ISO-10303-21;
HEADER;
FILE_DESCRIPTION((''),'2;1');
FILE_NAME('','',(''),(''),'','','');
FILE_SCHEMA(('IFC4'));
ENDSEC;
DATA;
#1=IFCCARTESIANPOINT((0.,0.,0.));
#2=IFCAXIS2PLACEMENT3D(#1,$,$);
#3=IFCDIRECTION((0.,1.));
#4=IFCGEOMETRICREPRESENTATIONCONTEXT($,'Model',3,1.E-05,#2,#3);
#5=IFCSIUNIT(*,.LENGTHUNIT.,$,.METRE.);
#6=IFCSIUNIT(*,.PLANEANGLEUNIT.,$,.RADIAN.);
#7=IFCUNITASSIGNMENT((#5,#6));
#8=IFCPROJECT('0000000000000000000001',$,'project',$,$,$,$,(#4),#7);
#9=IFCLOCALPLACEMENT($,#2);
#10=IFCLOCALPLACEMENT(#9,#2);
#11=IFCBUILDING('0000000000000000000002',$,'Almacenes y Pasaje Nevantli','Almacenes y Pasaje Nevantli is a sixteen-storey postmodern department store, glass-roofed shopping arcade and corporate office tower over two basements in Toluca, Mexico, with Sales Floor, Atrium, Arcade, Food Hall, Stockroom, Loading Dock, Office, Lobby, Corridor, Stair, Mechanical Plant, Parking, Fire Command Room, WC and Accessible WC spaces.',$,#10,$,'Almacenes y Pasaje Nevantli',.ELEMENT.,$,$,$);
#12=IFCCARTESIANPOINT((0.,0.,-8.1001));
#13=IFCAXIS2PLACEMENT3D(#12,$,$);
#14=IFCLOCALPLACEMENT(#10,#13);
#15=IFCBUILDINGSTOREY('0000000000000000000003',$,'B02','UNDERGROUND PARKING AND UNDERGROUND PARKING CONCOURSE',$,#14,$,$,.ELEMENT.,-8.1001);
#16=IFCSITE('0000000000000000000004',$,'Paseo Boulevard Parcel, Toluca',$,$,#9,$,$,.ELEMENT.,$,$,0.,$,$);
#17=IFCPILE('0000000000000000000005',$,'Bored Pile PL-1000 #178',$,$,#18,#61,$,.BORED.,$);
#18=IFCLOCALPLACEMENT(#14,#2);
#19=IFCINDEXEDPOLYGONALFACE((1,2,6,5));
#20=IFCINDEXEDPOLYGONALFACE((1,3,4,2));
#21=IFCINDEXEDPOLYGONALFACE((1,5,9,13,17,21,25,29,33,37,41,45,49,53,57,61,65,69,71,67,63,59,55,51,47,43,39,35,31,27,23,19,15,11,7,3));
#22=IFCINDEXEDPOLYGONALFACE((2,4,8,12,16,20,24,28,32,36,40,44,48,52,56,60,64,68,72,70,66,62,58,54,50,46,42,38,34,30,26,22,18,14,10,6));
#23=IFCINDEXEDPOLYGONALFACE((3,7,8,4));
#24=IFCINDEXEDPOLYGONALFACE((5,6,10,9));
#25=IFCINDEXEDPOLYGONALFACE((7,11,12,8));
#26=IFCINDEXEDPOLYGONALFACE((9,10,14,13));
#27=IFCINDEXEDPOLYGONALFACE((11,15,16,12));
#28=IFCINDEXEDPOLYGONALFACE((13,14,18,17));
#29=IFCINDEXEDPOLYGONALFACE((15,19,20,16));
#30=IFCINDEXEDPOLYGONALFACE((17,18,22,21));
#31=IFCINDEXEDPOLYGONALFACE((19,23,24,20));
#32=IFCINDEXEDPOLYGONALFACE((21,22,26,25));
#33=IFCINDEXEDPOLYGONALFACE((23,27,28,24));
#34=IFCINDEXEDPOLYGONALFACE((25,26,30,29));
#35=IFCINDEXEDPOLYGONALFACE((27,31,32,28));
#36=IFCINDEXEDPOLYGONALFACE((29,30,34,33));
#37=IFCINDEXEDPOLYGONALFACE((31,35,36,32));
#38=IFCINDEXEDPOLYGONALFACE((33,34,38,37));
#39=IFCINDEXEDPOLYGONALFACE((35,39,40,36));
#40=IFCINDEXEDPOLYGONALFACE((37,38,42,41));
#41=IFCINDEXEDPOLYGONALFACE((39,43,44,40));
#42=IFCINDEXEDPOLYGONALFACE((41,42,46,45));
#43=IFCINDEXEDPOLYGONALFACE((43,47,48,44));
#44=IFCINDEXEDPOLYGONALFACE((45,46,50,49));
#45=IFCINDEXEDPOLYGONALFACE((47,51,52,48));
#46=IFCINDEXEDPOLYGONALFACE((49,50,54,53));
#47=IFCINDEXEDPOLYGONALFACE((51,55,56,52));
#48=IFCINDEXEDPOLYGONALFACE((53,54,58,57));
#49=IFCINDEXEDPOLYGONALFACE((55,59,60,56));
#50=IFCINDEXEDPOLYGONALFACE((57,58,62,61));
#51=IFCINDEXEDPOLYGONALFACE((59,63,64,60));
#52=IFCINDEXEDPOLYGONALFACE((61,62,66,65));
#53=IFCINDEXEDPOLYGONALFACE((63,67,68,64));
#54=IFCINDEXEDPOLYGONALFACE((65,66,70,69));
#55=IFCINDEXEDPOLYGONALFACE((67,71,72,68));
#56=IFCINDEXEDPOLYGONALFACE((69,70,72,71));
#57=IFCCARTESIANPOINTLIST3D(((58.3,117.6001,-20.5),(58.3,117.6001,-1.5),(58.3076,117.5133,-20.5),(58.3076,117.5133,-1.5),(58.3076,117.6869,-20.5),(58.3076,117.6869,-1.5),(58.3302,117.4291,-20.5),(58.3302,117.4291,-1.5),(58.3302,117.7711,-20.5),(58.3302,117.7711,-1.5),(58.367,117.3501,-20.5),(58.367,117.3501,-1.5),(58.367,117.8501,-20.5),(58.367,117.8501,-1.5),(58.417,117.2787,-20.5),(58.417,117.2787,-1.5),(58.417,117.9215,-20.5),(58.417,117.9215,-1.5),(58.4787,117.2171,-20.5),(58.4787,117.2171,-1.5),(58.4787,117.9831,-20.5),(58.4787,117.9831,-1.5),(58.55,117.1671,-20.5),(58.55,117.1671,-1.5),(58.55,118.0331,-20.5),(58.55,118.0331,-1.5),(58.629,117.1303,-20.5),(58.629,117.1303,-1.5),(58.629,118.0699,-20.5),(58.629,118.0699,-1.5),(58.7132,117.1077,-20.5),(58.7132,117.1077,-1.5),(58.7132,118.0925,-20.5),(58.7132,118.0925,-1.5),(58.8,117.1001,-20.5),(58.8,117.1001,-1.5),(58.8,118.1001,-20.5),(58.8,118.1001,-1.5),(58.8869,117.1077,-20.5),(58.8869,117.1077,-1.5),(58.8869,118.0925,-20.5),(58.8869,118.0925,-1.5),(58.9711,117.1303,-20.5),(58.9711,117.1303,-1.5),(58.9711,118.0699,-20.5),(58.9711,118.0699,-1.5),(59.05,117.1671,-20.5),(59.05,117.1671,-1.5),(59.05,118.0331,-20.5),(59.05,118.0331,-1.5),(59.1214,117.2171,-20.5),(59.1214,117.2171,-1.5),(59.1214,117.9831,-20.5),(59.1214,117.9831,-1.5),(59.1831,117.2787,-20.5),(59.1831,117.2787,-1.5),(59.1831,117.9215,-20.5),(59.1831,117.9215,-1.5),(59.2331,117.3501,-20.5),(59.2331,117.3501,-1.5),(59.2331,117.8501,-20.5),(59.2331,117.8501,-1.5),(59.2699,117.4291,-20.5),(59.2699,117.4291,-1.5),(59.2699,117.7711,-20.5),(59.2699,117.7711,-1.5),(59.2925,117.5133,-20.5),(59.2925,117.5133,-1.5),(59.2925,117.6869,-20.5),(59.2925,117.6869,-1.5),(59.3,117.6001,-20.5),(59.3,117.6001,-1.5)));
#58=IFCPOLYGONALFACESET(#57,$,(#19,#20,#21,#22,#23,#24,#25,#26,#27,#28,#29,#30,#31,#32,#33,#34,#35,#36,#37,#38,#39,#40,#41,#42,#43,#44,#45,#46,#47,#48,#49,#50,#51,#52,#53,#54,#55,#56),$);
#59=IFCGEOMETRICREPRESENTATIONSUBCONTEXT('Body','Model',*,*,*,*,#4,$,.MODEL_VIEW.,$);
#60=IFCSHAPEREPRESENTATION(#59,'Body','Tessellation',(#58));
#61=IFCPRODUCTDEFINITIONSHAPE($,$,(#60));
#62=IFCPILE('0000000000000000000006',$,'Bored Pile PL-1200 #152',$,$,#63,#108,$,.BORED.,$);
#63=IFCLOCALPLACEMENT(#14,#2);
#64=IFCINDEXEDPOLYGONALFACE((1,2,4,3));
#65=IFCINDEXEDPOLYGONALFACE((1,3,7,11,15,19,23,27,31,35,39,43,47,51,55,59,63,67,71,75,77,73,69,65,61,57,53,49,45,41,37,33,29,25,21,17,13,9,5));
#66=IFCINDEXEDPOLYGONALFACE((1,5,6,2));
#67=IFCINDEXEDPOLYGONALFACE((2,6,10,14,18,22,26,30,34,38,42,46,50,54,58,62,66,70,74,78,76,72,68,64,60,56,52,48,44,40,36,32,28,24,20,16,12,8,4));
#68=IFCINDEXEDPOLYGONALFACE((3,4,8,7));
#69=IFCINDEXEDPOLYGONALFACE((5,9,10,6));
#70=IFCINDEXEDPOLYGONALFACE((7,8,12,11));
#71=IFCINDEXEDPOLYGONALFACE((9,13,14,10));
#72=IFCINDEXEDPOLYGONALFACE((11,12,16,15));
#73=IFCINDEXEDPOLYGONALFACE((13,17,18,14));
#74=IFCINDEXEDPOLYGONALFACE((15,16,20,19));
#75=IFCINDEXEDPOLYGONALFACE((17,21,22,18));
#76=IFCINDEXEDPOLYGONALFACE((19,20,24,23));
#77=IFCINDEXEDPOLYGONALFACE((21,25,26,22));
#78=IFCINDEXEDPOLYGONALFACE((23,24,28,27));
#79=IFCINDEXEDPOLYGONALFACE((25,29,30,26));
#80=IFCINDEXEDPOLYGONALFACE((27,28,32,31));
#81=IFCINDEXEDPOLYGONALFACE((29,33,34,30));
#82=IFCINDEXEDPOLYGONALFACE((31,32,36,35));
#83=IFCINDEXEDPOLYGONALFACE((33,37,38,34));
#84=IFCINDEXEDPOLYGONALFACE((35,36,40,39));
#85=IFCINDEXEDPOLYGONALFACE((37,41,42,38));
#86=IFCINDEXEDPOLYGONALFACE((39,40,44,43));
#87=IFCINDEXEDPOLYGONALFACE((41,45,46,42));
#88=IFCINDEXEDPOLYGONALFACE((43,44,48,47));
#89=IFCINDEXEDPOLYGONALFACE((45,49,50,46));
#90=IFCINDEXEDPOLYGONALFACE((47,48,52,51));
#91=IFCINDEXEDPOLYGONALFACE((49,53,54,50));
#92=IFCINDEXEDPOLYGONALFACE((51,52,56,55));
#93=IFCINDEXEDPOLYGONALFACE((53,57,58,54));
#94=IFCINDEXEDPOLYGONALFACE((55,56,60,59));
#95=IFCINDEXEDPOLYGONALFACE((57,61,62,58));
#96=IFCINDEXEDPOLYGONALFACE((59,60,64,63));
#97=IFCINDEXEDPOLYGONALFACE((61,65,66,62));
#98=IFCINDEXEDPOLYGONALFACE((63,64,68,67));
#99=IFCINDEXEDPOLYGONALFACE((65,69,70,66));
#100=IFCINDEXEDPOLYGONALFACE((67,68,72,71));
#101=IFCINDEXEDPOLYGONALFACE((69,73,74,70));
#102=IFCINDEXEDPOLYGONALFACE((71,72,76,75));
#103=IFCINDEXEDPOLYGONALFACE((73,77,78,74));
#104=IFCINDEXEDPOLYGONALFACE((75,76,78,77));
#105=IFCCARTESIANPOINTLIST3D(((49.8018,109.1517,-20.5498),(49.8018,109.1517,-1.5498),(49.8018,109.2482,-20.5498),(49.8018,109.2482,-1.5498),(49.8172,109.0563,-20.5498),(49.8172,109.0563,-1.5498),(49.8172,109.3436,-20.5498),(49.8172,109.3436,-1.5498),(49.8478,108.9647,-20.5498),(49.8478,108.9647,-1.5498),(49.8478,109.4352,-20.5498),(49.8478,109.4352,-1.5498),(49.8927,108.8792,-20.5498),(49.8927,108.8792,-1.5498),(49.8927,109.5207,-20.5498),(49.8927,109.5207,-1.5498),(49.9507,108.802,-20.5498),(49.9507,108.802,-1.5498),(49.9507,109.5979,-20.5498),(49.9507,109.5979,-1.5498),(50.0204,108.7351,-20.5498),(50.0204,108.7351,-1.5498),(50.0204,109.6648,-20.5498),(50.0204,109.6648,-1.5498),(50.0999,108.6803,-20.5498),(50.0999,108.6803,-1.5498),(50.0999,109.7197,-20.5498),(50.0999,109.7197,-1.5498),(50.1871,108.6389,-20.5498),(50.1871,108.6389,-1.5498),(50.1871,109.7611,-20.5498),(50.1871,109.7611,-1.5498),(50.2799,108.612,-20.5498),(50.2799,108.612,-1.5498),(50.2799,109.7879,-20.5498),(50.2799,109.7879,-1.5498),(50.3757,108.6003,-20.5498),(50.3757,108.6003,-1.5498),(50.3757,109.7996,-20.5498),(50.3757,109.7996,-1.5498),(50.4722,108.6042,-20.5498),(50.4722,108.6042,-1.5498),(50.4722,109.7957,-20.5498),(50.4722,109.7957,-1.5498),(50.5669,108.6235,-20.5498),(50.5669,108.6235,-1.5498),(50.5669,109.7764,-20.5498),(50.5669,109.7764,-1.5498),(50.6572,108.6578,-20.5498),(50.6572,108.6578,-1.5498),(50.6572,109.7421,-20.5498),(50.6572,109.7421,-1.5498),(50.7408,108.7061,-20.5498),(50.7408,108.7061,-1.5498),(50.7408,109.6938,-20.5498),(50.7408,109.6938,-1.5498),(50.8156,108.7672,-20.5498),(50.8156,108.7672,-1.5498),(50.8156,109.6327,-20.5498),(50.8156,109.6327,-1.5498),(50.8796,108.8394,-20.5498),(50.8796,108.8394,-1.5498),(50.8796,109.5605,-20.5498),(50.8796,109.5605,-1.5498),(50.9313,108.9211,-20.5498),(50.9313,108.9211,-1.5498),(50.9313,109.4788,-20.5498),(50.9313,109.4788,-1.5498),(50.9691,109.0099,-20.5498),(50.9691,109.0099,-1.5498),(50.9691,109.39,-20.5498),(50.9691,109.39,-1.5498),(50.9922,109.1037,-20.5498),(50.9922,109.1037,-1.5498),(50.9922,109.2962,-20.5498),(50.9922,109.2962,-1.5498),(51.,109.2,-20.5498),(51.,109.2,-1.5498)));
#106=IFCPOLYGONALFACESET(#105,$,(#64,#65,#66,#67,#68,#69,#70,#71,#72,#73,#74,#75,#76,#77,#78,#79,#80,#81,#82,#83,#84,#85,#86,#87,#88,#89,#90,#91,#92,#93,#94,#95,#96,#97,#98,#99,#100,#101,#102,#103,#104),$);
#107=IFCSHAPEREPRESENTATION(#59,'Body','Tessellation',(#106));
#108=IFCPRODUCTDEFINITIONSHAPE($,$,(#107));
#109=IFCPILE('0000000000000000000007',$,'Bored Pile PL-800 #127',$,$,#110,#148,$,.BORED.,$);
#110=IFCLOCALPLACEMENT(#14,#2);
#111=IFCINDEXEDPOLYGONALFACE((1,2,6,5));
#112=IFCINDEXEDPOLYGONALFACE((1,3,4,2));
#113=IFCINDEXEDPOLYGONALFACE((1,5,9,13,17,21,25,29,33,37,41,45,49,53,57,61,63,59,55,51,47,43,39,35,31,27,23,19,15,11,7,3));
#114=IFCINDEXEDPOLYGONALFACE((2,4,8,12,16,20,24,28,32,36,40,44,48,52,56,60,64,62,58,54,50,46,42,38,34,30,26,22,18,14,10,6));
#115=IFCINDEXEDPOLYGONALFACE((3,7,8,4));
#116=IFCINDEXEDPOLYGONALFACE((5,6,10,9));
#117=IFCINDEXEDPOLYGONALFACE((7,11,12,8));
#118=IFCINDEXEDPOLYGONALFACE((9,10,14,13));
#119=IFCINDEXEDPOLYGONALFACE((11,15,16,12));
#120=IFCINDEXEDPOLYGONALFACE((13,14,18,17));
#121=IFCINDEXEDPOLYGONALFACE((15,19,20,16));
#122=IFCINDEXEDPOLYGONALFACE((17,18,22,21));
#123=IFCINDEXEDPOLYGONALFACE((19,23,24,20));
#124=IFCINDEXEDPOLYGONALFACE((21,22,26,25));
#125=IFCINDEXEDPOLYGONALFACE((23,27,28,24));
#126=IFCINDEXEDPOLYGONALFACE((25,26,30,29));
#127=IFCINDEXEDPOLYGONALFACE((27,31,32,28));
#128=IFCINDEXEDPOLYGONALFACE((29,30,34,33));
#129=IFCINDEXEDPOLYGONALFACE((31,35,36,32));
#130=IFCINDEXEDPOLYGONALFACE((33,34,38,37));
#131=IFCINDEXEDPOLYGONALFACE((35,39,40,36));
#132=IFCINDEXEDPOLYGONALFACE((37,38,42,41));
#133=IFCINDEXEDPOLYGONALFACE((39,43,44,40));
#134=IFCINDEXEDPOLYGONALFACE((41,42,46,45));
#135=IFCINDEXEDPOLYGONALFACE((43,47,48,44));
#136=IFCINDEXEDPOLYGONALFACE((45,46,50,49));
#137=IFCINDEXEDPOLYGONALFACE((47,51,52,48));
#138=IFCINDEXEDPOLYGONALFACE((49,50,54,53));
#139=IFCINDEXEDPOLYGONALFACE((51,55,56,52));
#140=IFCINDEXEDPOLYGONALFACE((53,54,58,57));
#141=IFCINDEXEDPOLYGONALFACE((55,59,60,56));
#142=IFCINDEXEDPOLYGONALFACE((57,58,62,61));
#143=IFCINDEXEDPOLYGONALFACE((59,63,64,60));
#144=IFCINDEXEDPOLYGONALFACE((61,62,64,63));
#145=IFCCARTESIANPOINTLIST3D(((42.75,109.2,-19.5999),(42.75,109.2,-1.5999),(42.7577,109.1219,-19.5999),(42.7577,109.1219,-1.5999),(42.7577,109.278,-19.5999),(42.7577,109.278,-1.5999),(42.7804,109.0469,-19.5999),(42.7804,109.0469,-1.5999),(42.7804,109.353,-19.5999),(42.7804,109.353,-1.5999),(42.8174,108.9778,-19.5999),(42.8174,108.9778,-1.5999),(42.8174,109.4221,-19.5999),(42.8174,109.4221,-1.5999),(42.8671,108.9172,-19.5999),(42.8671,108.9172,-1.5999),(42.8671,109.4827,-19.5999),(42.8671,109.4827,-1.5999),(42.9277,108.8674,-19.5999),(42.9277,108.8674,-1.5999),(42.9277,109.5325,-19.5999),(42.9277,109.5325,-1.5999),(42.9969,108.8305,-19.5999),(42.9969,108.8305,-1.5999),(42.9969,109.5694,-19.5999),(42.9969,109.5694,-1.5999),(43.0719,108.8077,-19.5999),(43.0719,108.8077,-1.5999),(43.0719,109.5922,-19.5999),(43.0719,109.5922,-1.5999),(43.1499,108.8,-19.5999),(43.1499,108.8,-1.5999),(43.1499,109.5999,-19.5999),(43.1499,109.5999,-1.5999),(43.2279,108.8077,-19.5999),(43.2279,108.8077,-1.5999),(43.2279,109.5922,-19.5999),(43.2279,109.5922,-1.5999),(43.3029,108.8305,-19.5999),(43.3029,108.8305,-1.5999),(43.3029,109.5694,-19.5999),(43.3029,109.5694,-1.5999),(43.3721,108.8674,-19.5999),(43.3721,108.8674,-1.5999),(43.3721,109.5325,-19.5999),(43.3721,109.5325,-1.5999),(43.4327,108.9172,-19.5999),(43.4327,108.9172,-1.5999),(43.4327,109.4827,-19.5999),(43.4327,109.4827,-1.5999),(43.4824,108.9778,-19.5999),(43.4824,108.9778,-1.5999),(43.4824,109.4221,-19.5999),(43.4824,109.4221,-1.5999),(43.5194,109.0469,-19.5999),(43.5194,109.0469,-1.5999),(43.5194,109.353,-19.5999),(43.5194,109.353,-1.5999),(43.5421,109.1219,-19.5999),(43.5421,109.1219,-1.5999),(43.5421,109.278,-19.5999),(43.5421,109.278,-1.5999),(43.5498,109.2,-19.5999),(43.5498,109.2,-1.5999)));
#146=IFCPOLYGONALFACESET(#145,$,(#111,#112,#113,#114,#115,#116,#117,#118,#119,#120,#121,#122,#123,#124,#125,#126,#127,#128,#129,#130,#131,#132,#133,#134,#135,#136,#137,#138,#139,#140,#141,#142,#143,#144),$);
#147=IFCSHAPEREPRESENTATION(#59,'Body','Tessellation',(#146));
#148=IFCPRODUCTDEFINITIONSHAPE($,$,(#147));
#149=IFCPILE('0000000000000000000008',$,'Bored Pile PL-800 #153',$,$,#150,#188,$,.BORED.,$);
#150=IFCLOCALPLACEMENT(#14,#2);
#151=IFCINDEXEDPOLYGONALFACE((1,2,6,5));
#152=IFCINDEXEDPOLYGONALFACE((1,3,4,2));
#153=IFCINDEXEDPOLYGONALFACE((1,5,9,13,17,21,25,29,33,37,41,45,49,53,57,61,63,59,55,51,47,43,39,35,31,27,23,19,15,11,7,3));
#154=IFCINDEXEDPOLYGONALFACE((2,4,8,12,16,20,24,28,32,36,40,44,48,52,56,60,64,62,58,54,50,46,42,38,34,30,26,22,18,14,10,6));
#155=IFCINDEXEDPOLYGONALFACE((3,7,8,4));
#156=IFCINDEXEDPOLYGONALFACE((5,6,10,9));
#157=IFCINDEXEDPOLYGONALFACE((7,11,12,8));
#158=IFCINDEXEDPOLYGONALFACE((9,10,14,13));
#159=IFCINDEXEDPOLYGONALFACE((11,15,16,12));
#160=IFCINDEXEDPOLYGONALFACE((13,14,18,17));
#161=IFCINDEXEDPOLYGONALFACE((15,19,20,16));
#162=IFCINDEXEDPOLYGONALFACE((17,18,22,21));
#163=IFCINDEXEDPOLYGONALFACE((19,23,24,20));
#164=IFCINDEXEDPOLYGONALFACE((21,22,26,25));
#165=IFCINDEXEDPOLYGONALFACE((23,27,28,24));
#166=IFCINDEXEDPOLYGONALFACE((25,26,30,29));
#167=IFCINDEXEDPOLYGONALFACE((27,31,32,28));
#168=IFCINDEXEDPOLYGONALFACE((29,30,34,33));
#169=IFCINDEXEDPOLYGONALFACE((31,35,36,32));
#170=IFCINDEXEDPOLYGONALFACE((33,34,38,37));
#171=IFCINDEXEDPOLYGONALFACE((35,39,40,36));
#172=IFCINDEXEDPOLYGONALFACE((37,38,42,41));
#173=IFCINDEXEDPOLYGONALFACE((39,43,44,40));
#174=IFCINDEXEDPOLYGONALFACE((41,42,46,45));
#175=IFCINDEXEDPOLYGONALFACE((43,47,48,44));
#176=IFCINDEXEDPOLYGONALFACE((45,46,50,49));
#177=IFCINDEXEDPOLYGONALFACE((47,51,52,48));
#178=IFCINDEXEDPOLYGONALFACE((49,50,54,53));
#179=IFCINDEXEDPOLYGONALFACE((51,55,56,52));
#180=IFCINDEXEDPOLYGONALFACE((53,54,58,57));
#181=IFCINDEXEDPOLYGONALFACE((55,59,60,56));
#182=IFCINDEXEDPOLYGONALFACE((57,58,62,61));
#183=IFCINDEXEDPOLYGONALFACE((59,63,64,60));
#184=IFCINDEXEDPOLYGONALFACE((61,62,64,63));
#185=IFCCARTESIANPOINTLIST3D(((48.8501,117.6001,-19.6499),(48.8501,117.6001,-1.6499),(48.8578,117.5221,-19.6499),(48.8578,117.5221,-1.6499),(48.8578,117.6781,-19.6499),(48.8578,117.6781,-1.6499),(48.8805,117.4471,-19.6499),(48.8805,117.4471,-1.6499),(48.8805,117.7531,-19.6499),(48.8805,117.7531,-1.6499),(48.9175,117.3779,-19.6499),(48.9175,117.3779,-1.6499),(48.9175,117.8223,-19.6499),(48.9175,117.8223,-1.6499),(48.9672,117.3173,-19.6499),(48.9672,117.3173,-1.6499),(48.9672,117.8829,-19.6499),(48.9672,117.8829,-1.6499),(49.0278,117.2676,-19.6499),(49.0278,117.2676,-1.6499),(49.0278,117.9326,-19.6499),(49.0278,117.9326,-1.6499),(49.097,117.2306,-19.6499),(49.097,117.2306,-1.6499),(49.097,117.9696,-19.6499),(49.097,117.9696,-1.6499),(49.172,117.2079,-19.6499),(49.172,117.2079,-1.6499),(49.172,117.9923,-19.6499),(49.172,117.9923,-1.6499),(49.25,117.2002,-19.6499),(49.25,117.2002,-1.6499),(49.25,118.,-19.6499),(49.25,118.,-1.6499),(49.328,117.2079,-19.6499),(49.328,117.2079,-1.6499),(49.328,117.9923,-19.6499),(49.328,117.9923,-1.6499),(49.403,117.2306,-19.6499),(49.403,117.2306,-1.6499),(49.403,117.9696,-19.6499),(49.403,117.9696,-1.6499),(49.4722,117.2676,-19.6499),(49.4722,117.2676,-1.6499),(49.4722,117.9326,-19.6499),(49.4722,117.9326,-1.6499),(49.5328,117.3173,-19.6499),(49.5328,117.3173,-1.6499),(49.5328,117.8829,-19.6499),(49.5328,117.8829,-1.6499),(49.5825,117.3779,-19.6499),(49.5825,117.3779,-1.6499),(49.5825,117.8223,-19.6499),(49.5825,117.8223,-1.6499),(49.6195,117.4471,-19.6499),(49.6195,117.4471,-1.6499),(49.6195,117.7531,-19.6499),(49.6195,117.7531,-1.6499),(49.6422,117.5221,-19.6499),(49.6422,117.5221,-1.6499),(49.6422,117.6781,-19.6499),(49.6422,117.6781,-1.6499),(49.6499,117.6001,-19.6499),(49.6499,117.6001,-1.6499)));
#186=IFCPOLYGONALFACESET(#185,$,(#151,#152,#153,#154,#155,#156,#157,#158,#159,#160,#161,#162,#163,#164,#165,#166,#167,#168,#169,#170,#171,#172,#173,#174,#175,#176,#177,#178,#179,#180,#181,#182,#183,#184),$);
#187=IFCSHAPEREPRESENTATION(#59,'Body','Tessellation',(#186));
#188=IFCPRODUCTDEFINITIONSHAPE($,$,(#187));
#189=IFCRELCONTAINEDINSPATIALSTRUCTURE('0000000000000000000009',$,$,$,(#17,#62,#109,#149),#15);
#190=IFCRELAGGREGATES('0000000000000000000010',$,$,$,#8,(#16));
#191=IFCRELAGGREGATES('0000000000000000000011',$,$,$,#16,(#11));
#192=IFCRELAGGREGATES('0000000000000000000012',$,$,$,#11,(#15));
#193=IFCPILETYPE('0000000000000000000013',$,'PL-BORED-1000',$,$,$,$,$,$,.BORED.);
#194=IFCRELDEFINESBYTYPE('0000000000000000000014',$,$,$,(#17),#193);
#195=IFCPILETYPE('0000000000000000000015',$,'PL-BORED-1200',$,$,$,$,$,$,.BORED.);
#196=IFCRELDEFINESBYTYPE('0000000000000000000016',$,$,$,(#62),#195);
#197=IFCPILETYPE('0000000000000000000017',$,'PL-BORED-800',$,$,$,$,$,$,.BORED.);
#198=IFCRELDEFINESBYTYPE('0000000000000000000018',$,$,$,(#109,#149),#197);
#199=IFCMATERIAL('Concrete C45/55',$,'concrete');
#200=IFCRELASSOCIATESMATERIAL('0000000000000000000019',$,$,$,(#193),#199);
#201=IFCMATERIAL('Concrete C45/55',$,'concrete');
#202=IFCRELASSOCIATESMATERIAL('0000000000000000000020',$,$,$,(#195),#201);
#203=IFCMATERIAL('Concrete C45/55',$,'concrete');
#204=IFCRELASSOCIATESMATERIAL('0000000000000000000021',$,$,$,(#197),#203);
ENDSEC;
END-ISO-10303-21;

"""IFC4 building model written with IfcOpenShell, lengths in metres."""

from ifc_helpers import new_model, si_unit, direction, frame, origin, origin_2d, place, context, subcontext, project, spatial, circle, extrude, material, material_profile, profile_set, type_object, element, save


model = new_model("IFC4")

# Units and contexts
model_context = context("Model", 3, precision=1e-05, world=origin(), true_north=direction((0.0, 1.0)))
body_context = subcontext(model_context, "Body", "Model", "MODEL_VIEW")
ifc_project = project(units=[si_unit("LENGTHUNIT", "METRE"), si_unit("PLANEANGLEUNIT", "RADIAN")], contexts=[model_context])

# Site, building, storey
site_placement = place(None, origin())
site = spatial("IfcSite", under=ifc_project, at=site_placement, Name="Paseo Boulevard Parcel, Toluca", CompositionType="ELEMENT", RefElevation=0.0)
building_placement = place(site_placement, origin())
building = spatial("IfcBuilding", under=site, at=building_placement, Name="Almacenes y Pasaje Nevantli", Description="Almacenes y Pasaje Nevantli is a sixteen-storey postmodern department store, glass-roofed shopping arcade and corporate office tower over two basements in Toluca, Mexico, with Sales Floor, Atrium, Arcade, Food Hall, Stockroom, Loading Dock, Office, Lobby, Corridor, Stair, Mechanical Plant, Parking, Fire Command Room, WC and Accessible WC spaces.", LongName="Almacenes y Pasaje Nevantli", CompositionType="ELEMENT")
storey_placement = place(building_placement, frame((0.0, 0.0, -8.1001)))
storey = spatial("IfcBuildingStorey", under=building, at=storey_placement, Name="B02", Description="UNDERGROUND PARKING AND UNDERGROUND PARKING CONCOURSE", CompositionType="ELEMENT", Elevation=-8.1001)

# Piles
ifc_material_1 = material(Name="Concrete C45/55", Category="concrete")
ifc_material_profile_1 = material_profile(ifc_material_1, circle(Radius=0.5, at=origin_2d()), Name="RC-PILE-D1000")
ifc_profile_set_1 = profile_set([ifc_material_profile_1], Name="Concrete C45/55")
pile_type_1 = type_object("IfcPileType", Name="PL-BORED-1000", PredefinedType="BORED", material=ifc_profile_set_1)
for number, where, z_axis, x_axis, name in (
    (1, (58.8, 117.6001, -1.5), (0.0, 0.0, -1.0), (1.0, 0.0, 0.0), "Bored Pile PL-1000 #178"),
):
    element("IfcPile", number, at=place(storey_placement, frame(where, z_axis=z_axis, x_axis=x_axis)), inside=storey, type_object=pile_type_1, Name=name, PredefinedType="BORED", context=body_context, shape_type="SweptSolid", body=[
        extrude(circle(Radius=0.5, at=origin_2d()), origin(), (0.0, 0.0, 1.0), 19.0),
    ])
ifc_material_2 = material(Name="Concrete C45/55", Category="concrete")
ifc_material_profile_2 = material_profile(ifc_material_2, circle(Radius=0.6001, at=origin_2d()), Name="RC-PILE-D1200")
ifc_profile_set_2 = profile_set([ifc_material_profile_2], Name="Concrete C45/55")
pile_type_2 = type_object("IfcPileType", Name="PL-BORED-1200", PredefinedType="BORED", material=ifc_profile_set_2)
pile_placement = place(storey_placement, frame((50.3999, 109.2, -1.5498), z_axis=(0.0, 0.0, -1.0), x_axis=(1.0, 0.0, 0.0)))
element("IfcPile", 2, at=pile_placement, inside=storey, type_object=pile_type_2, Name="Bored Pile PL-1200 #152", PredefinedType="BORED", context=body_context, shape_type="SweptSolid", body=[
    extrude(circle(Radius=0.6001, at=origin_2d()), origin(), (0.0, 0.0, 1.0), 19.0),
])
ifc_material_3 = material(Name="Concrete C45/55", Category="concrete")
ifc_material_profile_3 = material_profile(ifc_material_3, circle(Radius=0.3999, at=origin_2d()), Name="RC-PILE-D800")
ifc_profile_set_3 = profile_set([ifc_material_profile_3], Name="Concrete C45/55")
pile_type_3 = type_object("IfcPileType", Name="PL-BORED-800", PredefinedType="BORED", material=ifc_profile_set_3)
for number, where, z_axis, x_axis, name in (
    (3, (43.1499, 109.2, -1.5999), (0.0, 0.0, -1.0), (1.0, 0.0, 0.0), "Bored Pile PL-800 #127"),
    (4, (49.25, 117.6001, -1.6499), (0.0, 0.0, -1.0), (1.0, 0.0, 0.0), "Bored Pile PL-800 #153"),
):
    element("IfcPile", number, at=place(storey_placement, frame(where, z_axis=z_axis, x_axis=x_axis)), inside=storey, type_object=pile_type_3, Name=name, PredefinedType="BORED", context=body_context, shape_type="SweptSolid", body=[
        extrude(circle(Radius=0.3999, at=origin_2d()), origin(), (0.0, 0.0, 1.0), 18.0),
    ])

save(model, "model.ifc")
